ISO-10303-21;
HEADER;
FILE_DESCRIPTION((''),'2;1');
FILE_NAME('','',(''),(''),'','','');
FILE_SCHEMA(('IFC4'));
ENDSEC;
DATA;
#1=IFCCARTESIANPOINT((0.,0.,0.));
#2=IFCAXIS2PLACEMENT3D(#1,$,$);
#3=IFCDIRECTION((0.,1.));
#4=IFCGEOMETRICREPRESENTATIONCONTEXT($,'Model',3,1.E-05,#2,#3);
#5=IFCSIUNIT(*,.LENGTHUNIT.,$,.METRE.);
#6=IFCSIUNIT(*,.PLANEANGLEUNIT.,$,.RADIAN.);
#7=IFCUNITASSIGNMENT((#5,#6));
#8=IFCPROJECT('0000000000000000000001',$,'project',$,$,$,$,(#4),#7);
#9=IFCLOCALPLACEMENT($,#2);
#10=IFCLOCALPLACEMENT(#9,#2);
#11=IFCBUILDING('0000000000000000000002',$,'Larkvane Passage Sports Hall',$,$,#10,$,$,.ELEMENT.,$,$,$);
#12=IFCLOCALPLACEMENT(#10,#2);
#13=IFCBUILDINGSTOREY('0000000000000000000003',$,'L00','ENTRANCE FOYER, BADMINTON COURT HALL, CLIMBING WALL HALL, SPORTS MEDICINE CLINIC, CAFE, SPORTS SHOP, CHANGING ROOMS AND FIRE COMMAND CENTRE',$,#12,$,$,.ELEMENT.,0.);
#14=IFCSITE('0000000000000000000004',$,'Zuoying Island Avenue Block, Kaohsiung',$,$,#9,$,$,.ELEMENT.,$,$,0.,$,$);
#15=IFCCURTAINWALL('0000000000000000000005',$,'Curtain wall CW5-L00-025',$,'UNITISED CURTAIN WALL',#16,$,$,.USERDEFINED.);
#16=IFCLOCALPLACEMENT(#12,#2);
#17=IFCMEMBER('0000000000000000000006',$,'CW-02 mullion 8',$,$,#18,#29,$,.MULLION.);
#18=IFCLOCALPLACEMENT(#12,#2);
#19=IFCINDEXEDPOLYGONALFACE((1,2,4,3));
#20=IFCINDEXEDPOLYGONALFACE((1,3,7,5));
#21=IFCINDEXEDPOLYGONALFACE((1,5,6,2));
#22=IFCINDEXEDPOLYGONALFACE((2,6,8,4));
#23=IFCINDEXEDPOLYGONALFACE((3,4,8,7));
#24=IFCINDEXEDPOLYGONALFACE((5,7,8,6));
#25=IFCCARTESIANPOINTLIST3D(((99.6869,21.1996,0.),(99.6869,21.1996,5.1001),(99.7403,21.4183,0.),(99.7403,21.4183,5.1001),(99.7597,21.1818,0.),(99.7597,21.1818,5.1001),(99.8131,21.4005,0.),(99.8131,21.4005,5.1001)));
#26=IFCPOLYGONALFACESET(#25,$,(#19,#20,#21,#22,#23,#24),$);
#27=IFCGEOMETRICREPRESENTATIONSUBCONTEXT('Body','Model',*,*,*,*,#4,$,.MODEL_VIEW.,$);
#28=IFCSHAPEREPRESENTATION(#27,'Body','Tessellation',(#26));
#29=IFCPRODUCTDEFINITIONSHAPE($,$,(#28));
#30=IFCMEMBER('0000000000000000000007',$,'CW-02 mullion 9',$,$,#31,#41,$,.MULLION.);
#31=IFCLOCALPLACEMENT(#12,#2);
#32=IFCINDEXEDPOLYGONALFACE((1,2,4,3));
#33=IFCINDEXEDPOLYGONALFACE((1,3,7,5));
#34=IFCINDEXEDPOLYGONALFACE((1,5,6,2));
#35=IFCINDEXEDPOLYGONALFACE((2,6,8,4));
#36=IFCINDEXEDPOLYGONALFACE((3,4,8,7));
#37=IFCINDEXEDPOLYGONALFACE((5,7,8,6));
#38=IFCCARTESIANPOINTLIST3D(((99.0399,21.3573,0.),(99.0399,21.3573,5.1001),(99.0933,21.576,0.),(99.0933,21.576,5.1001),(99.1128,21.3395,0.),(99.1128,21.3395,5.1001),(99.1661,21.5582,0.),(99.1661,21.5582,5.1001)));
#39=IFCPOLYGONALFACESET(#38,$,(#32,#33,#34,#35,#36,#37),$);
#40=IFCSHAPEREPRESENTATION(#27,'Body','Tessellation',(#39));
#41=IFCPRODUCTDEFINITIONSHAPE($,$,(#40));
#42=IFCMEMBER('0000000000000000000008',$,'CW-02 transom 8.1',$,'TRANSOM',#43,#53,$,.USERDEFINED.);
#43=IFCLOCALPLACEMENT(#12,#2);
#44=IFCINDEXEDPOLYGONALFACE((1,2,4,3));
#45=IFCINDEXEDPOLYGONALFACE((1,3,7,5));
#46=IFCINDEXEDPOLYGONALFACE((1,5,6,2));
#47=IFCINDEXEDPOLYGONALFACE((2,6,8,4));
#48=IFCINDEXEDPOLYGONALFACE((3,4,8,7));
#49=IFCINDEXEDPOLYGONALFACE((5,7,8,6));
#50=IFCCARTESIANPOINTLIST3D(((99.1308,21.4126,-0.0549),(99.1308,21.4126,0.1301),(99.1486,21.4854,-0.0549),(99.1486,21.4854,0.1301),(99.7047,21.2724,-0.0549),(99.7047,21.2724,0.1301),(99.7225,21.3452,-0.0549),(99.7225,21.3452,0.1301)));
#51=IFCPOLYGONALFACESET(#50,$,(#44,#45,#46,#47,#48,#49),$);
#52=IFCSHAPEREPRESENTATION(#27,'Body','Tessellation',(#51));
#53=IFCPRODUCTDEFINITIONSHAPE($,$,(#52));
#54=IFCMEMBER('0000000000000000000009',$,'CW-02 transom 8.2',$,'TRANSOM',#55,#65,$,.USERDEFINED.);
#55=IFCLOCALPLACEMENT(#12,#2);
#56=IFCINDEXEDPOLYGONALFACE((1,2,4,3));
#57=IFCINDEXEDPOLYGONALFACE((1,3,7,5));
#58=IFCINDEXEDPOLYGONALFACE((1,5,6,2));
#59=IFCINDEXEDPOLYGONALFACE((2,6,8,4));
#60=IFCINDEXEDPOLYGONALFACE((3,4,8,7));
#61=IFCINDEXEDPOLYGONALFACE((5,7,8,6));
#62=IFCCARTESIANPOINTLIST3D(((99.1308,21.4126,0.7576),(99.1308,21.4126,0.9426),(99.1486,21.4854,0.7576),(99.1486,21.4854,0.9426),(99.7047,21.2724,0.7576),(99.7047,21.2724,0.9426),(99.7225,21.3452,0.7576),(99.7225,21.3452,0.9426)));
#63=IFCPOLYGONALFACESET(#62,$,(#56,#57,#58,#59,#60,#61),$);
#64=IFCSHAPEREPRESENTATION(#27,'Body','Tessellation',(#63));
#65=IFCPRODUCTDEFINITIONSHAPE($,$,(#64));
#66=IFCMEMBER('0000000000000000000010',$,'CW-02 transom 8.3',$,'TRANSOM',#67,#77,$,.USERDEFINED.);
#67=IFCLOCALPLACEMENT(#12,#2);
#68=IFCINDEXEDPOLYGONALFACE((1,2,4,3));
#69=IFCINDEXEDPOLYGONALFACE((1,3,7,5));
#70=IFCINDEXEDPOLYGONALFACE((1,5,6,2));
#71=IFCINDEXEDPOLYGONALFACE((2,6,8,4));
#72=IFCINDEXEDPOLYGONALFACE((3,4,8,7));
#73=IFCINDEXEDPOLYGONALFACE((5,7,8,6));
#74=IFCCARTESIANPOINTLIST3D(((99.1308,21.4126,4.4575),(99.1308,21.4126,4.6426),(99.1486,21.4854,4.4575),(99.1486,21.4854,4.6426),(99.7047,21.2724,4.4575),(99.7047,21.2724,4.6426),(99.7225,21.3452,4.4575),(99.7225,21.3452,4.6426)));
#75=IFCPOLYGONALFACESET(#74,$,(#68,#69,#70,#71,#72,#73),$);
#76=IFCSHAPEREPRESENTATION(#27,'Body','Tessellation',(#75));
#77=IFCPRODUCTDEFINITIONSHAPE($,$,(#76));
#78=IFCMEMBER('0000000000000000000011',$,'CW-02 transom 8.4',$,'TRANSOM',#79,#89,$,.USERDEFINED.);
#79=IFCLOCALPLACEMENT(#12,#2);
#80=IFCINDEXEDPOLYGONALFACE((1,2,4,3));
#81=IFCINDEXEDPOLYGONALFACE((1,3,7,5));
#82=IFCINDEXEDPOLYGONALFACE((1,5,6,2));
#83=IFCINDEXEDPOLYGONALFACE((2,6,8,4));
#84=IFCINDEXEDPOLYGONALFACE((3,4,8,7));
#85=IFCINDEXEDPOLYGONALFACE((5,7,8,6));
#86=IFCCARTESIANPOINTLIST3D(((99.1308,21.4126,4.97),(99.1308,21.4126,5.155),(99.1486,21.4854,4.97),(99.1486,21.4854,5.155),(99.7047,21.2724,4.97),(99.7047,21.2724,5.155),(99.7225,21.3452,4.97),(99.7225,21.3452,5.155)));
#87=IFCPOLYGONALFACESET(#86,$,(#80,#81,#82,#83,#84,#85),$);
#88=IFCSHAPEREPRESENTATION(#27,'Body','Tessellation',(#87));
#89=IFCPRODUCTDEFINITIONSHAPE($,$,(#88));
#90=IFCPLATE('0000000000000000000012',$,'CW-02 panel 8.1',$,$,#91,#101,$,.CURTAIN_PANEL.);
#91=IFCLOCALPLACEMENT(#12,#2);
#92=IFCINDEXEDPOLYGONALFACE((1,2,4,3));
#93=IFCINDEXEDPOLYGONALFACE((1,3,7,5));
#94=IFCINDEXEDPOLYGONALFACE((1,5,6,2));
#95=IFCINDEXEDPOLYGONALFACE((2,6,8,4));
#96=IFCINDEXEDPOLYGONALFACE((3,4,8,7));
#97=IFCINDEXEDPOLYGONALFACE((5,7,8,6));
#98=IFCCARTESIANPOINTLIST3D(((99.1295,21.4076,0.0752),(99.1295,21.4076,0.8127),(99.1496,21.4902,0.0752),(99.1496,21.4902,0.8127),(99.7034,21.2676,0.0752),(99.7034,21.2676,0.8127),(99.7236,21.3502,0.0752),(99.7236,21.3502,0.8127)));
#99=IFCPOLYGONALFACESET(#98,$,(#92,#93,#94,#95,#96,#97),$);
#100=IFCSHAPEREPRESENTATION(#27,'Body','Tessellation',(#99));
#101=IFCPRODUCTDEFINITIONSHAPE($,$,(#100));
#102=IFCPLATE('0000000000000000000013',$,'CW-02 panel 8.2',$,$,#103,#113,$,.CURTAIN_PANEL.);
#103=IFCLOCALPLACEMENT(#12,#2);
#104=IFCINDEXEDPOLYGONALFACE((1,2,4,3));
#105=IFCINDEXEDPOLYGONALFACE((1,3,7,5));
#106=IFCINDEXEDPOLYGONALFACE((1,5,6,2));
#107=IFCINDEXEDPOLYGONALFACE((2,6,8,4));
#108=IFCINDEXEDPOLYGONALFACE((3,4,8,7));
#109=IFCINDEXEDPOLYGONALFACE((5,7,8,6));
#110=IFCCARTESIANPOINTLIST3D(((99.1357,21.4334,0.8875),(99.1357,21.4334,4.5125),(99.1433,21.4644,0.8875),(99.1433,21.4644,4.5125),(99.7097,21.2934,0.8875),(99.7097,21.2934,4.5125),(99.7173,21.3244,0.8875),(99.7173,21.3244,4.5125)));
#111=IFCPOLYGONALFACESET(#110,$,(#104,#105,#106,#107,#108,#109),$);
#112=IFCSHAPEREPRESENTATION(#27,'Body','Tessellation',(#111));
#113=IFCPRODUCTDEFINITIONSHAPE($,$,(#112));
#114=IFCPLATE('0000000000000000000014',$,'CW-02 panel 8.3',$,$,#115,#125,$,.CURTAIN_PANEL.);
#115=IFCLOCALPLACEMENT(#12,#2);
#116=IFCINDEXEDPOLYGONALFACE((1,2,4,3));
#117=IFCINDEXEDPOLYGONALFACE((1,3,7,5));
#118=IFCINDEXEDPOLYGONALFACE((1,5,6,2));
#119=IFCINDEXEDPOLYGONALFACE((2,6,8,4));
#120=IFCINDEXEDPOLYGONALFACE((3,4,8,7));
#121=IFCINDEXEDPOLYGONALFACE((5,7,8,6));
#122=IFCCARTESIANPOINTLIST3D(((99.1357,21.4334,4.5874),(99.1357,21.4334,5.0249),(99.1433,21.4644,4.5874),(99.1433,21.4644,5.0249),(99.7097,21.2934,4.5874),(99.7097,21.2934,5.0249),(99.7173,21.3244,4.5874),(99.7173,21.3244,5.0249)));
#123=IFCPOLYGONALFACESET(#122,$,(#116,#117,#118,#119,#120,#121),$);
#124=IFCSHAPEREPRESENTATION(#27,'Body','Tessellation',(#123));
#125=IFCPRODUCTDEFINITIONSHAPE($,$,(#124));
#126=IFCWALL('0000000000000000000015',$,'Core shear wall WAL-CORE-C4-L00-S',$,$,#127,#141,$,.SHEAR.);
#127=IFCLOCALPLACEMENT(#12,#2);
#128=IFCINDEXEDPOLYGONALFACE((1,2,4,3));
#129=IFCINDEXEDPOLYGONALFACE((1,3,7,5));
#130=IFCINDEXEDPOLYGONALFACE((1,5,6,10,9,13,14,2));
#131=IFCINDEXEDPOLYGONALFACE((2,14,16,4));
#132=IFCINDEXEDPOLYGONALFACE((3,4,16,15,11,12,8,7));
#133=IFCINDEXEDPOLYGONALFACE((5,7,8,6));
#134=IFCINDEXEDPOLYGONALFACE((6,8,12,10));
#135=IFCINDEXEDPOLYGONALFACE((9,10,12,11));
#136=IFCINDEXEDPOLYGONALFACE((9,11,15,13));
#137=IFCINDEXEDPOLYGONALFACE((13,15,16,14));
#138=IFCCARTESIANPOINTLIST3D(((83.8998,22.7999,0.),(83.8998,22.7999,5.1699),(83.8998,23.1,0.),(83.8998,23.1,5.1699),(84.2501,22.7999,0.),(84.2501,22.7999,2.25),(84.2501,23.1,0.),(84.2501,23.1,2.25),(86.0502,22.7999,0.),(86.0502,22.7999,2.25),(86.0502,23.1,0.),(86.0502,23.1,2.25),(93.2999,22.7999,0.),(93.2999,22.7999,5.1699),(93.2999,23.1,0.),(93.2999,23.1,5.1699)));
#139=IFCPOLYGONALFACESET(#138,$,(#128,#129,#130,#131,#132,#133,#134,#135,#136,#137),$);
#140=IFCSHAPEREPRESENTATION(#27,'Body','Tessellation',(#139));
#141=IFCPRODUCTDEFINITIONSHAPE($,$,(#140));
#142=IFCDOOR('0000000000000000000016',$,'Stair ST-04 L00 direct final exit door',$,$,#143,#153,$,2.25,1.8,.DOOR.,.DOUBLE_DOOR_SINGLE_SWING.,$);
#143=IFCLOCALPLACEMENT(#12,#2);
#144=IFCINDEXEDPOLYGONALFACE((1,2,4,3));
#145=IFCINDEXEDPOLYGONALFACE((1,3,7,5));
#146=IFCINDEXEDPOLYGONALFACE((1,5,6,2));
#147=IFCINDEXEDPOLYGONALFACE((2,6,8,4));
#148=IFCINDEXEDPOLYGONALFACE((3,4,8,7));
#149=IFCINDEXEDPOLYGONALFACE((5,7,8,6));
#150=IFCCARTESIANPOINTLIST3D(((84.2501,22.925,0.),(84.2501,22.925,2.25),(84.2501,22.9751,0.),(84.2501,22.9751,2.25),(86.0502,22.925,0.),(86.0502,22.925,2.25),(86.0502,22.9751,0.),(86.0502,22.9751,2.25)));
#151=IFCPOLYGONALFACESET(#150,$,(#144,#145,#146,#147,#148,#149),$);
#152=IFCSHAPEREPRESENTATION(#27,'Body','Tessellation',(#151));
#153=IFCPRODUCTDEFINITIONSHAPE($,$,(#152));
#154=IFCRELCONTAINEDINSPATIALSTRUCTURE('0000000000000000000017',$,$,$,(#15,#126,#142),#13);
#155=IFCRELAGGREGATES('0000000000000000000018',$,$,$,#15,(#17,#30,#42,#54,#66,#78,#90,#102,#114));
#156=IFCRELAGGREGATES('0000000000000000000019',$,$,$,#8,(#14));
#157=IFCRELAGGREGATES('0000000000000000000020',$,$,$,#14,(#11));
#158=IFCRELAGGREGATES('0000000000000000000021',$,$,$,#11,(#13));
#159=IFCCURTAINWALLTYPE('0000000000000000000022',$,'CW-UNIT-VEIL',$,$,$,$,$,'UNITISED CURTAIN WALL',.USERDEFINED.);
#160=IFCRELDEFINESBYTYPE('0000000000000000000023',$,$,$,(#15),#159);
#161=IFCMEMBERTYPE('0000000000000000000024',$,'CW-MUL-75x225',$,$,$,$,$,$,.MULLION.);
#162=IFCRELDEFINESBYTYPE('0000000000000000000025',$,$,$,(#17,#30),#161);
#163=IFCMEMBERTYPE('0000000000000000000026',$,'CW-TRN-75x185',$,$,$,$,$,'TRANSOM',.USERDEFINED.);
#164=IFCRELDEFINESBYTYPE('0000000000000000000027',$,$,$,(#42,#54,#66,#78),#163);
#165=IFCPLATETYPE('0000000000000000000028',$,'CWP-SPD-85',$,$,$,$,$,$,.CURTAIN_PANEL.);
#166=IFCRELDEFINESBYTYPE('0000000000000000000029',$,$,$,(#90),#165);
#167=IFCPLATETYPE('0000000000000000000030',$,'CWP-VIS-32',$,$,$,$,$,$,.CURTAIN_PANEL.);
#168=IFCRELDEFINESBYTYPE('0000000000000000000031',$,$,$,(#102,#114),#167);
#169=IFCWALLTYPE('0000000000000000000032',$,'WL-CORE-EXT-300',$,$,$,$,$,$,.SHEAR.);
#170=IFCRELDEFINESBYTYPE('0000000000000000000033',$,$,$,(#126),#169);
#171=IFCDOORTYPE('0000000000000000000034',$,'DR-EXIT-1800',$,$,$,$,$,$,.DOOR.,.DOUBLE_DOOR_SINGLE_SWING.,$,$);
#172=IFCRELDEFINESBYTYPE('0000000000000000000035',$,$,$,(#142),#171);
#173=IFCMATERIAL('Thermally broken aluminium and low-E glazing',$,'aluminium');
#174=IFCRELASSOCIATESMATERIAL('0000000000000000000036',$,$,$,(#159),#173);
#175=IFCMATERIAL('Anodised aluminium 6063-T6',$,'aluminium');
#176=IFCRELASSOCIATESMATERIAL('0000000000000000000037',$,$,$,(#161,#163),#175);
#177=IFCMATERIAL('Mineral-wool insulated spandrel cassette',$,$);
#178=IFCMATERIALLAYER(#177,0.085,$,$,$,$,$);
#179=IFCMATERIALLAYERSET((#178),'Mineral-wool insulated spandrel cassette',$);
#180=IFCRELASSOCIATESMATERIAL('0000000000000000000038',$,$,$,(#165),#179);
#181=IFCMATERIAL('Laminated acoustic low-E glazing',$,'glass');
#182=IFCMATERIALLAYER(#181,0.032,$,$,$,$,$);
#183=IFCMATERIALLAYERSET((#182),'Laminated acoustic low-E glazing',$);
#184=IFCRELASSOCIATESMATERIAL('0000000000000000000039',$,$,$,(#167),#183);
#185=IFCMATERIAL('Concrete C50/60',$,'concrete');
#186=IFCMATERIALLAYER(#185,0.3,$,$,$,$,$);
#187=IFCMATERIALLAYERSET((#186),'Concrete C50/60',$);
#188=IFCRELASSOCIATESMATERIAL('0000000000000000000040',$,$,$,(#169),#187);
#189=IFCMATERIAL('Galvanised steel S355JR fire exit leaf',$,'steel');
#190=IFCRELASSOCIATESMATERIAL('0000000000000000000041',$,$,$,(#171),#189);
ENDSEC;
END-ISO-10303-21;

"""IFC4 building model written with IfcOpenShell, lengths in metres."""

from ifc_helpers import new_model, si_unit, direction, frame, frame_2d, origin, origin_2d, place, context, subcontext, project, spatial, rectangle, extrude, material, layer, layer_set, material_profile, profile_set, type_object, element, fill, aggregate, save


model = new_model("IFC4")

# Units and contexts
model_context = context("Model", 3, precision=1e-05, world=origin(), true_north=direction((0.0, 1.0)))
body_context = subcontext(model_context, "Body", "Model", "MODEL_VIEW")
ifc_project = project(units=[si_unit("LENGTHUNIT", "METRE"), si_unit("PLANEANGLEUNIT", "RADIAN")], contexts=[model_context])

# Site, building, storey
site_placement = place(None, origin())
site = spatial("IfcSite", under=ifc_project, at=site_placement, Name="Zuoying Island Avenue Block, Kaohsiung", CompositionType="ELEMENT", RefElevation=0.0)
building_placement = place(site_placement, origin())
building = spatial("IfcBuilding", under=site, at=building_placement, Name="Larkvane Passage Sports Hall", CompositionType="ELEMENT")
storey_placement = place(building_placement, origin())
storey = spatial("IfcBuildingStorey", under=building, at=storey_placement, Name="L00", Description="ENTRANCE FOYER, BADMINTON COURT HALL, CLIMBING WALL HALL, SPORTS MEDICINE CLINIC, CAFE, SPORTS SHOP, CHANGING ROOMS AND FIRE COMMAND CENTRE", CompositionType="ELEMENT", Elevation=0.0)

# Curtain wall, members, plates
ifc_material_1 = material(Name="Thermally broken aluminium and low-E glazing", Category="aluminium")
curtain_wall_type = type_object("IfcCurtainWallType", Name="CW-UNIT-VEIL", ElementType="UNITISED CURTAIN WALL", PredefinedType="USERDEFINED", material=ifc_material_1)
curtain_wall_placement = place(storey_placement, origin())
curtain_wall = element("IfcCurtainWall", 1, at=curtain_wall_placement, inside=storey, type_object=curtain_wall_type, Name="Curtain wall CW5-L00-025", ObjectType="UNITISED CURTAIN WALL", PredefinedType="USERDEFINED")
ifc_material_2 = material(Name="Anodised aluminium 6063-T6", Category="aluminium")
ifc_material_profile_1 = material_profile(ifc_material_2, rectangle(XDim=0.075, YDim=0.2251, at=origin_2d()), Name="ALU-MUL-75x225")
ifc_profile_set_1 = profile_set([ifc_material_profile_1], Name="Anodised aluminium 6063-T6")
member_type_1 = type_object("IfcMemberType", Name="CW-MUL-75x225", PredefinedType="MULLION", material=ifc_profile_set_1)
member_1_placement = place(storey_placement, frame((99.75, 21.3, 0.0), z_axis=(0.0, 0.0, 1.0), x_axis=(-0.971517, 0.23697, 0.0)))
member_1 = element("IfcMember", 2, at=member_1_placement, type_object=member_type_1, Name="CW-02 mullion 8", PredefinedType="MULLION", context=body_context, shape_type="SweptSolid", body=[
    extrude(rectangle(XDim=0.075, YDim=0.2251, at=origin_2d()), origin(), (0.0, 0.0, 1.0), 5.1001),
])
member_2_placement = place(storey_placement, frame((99.103, 21.4578, 0.0), z_axis=(0.0, 0.0, 1.0), x_axis=(-0.971517, 0.23697, 0.0)))
member_2 = element("IfcMember", 3, at=member_2_placement, type_object=member_type_1, Name="CW-02 mullion 9", PredefinedType="MULLION", context=body_context, shape_type="SweptSolid", body=[
    extrude(rectangle(XDim=0.075, YDim=0.2251, at=origin_2d()), origin(), (0.0, 0.0, 1.0), 5.1001),
])
ifc_material_profile_2 = material_profile(ifc_material_2, rectangle(XDim=0.075, YDim=0.1851, at=origin_2d()), Name="ALU-TRN-75x185")
ifc_profile_set_2 = profile_set([ifc_material_profile_2], Name="Anodised aluminium 6063-T6")
member_type_2 = type_object("IfcMemberType", Name="CW-TRN-75x185", ElementType="TRANSOM", PredefinedType="USERDEFINED", material=ifc_profile_set_2)
member_3_placement = place(storey_placement, frame((99.7136, 21.3088, 0.0376), z_axis=(-0.971465, 0.237184, 0.0), x_axis=(-0.237184, -0.971465, 0.0)))
member_3 = element("IfcMember", 4, at=member_3_placement, type_object=member_type_2, Name="CW-02 transom 8.1", ObjectType="TRANSOM", PredefinedType="USERDEFINED", context=body_context, shape_type="SweptSolid", body=[
    extrude(rectangle(XDim=0.075, YDim=0.1851, at=origin_2d()), origin(), (0.0, 0.0, 1.0), 0.5908),
])
member_4_placement = place(storey_placement, frame((99.7136, 21.3088, 0.8501), z_axis=(-0.971465, 0.237184, 0.0), x_axis=(-0.237184, -0.971465, 0.0)))
member_4 = element("IfcMember", 5, at=member_4_placement, type_object=member_type_2, Name="CW-02 transom 8.2", ObjectType="TRANSOM", PredefinedType="USERDEFINED", context=body_context, shape_type="SweptSolid", body=[
    extrude(rectangle(XDim=0.075, YDim=0.1851, at=origin_2d()), origin(), (0.0, 0.0, 1.0), 0.5908),
])
member_5_placement = place(storey_placement, frame((99.7136, 21.3088, 4.55), z_axis=(-0.971465, 0.237184, 0.0), x_axis=(-0.237184, -0.971465, 0.0)))
member_5 = element("IfcMember", 6, at=member_5_placement, type_object=member_type_2, Name="CW-02 transom 8.3", ObjectType="TRANSOM", PredefinedType="USERDEFINED", context=body_context, shape_type="SweptSolid", body=[
    extrude(rectangle(XDim=0.075, YDim=0.1851, at=origin_2d()), origin(), (0.0, 0.0, 1.0), 0.5908),
])
member_6_placement = place(storey_placement, frame((99.7136, 21.3088, 5.0625), z_axis=(-0.971465, 0.237184, 0.0), x_axis=(-0.237184, -0.971465, 0.0)))
member_6 = element("IfcMember", 7, at=member_6_placement, type_object=member_type_2, Name="CW-02 transom 8.4", ObjectType="TRANSOM", PredefinedType="USERDEFINED", context=body_context, shape_type="SweptSolid", body=[
    extrude(rectangle(XDim=0.075, YDim=0.1851, at=origin_2d()), origin(), (0.0, 0.0, 1.0), 0.5908),
])
ifc_material_3 = material(Name="Mineral-wool insulated spandrel cassette")
ifc_layer_1 = layer(ifc_material_3, 0.085)
ifc_layer_set_1 = layer_set([ifc_layer_1], Name="Mineral-wool insulated spandrel cassette")
plate_type_1 = type_object("IfcPlateType", Name="CWP-SPD-85", PredefinedType="CURTAIN_PANEL", material=ifc_layer_set_1)
plate_1_placement = place(storey_placement, frame((99.4265, 21.3789, 0.0752), z_axis=(0.0, 0.0, 1.0), x_axis=(-0.971517, 0.23697, 0.0)))
plate_1 = element("IfcPlate", 8, at=plate_1_placement, type_object=plate_type_1, Name="CW-02 panel 8.1", PredefinedType="CURTAIN_PANEL", context=body_context, shape_type="SweptSolid", body=[
    extrude(rectangle(XDim=0.5908, YDim=0.085, at=origin_2d()), origin(), (0.0, 0.0, 1.0), 0.7375),
])
ifc_material_4 = material(Name="Laminated acoustic low-E glazing", Category="glass")
ifc_layer_2 = layer(ifc_material_4, 0.032)
ifc_layer_set_2 = layer_set([ifc_layer_2], Name="Laminated acoustic low-E glazing")
plate_type_2 = type_object("IfcPlateType", Name="CWP-VIS-32", PredefinedType="CURTAIN_PANEL", material=ifc_layer_set_2)
plate_2_placement = place(storey_placement, frame((99.4265, 21.3789, 0.8875), z_axis=(0.0, 0.0, 1.0), x_axis=(-0.971517, 0.23697, 0.0)))
plate_2 = element("IfcPlate", 9, at=plate_2_placement, type_object=plate_type_2, Name="CW-02 panel 8.2", PredefinedType="CURTAIN_PANEL", context=body_context, shape_type="SweptSolid", body=[
    extrude(rectangle(XDim=0.5908, YDim=0.032, at=origin_2d()), origin(), (0.0, 0.0, 1.0), 3.625),
])
plate_3_placement = place(storey_placement, frame((99.4265, 21.3789, 4.5874), z_axis=(0.0, 0.0, 1.0), x_axis=(-0.971517, 0.23697, 0.0)))
plate_3 = element("IfcPlate", 10, at=plate_3_placement, type_object=plate_type_2, Name="CW-02 panel 8.3", PredefinedType="CURTAIN_PANEL", context=body_context, shape_type="SweptSolid", body=[
    extrude(rectangle(XDim=0.5908, YDim=0.032, at=origin_2d()), origin(), (0.0, 0.0, 1.0), 0.4375),
])
aggregate(curtain_wall, [member_1, member_2, member_3, member_4, member_5, member_6, plate_1, plate_2, plate_3])

# Wall, opening, door
ifc_material_5 = material(Name="Concrete C50/60", Category="concrete")
ifc_layer_3 = layer(ifc_material_5, 0.3)
ifc_layer_set_3 = layer_set([ifc_layer_3], Name="Concrete C50/60")
wall_type_1 = type_object("IfcWallType", Name="WL-CORE-EXT-300", PredefinedType="SHEAR", material=ifc_layer_set_3)
wall_1_placement = place(storey_placement, frame((93.3, 22.95, 0.0), z_axis=(0.0, 0.0, 1.0), x_axis=(-1.0, 0.0, 0.0)))
wall_1 = element("IfcWall", 11, at=wall_1_placement, inside=storey, type_object=wall_type_1, Name="Core shear wall WAL-CORE-C4-L00-S", PredefinedType="SHEAR", context=body_context, shape_type="SweptSolid", body=[
    extrude(rectangle(XDim=9.4001, YDim=0.3, at=frame_2d((4.7002, 0.0))), origin(), (0.0, 0.0, 1.0), 5.1699),
])
opening_1_placement = place(wall_1_placement, frame((7.25, 0.0, 0.0)))
opening_1 = element("IfcOpeningElement", 12, at=opening_1_placement, cuts=wall_1, PredefinedType="OPENING", context=body_context, shape_type="SweptSolid", body=[
    extrude(rectangle(XDim=1.8, YDim=2.25, at=frame_2d((0.8999, 1.125))), frame((0.0, 0.1599, 0.0), z_axis=(0.0, -1.0, 0.0), x_axis=(1.0, 0.0, 0.0)), (0.0, 0.0, 1.0), 0.3201),
])
ifc_material_6 = material(Name="Galvanised steel S355JR fire exit leaf", Category="steel")
door_type_1 = type_object("IfcDoorType", Name="DR-EXIT-1800", OperationType="DOUBLE_DOOR_SINGLE_SWING", PredefinedType="DOOR", material=ifc_material_6)
door_1_placement = place(opening_1_placement, origin())
door_1 = element("IfcDoor", 13, at=door_1_placement, inside=storey, type_object=door_type_1, Name="Stair ST-04 L00 direct final exit door", OperationType="DOUBLE_DOOR_SINGLE_SWING", OverallHeight=2.25, OverallWidth=1.8, PredefinedType="DOOR", context=body_context, shape_type="SweptSolid", body=[
    extrude(rectangle(XDim=1.8, YDim=2.25, at=frame_2d((0.8999, 1.125))), frame((0.0, 0.0249, 0.0), z_axis=(0.0, -1.0, 0.0), x_axis=(1.0, 0.0, 0.0)), (0.0, 0.0, 1.0), 0.05),
])
fill(opening_1, door_1)

save(model, "model.ifc")
